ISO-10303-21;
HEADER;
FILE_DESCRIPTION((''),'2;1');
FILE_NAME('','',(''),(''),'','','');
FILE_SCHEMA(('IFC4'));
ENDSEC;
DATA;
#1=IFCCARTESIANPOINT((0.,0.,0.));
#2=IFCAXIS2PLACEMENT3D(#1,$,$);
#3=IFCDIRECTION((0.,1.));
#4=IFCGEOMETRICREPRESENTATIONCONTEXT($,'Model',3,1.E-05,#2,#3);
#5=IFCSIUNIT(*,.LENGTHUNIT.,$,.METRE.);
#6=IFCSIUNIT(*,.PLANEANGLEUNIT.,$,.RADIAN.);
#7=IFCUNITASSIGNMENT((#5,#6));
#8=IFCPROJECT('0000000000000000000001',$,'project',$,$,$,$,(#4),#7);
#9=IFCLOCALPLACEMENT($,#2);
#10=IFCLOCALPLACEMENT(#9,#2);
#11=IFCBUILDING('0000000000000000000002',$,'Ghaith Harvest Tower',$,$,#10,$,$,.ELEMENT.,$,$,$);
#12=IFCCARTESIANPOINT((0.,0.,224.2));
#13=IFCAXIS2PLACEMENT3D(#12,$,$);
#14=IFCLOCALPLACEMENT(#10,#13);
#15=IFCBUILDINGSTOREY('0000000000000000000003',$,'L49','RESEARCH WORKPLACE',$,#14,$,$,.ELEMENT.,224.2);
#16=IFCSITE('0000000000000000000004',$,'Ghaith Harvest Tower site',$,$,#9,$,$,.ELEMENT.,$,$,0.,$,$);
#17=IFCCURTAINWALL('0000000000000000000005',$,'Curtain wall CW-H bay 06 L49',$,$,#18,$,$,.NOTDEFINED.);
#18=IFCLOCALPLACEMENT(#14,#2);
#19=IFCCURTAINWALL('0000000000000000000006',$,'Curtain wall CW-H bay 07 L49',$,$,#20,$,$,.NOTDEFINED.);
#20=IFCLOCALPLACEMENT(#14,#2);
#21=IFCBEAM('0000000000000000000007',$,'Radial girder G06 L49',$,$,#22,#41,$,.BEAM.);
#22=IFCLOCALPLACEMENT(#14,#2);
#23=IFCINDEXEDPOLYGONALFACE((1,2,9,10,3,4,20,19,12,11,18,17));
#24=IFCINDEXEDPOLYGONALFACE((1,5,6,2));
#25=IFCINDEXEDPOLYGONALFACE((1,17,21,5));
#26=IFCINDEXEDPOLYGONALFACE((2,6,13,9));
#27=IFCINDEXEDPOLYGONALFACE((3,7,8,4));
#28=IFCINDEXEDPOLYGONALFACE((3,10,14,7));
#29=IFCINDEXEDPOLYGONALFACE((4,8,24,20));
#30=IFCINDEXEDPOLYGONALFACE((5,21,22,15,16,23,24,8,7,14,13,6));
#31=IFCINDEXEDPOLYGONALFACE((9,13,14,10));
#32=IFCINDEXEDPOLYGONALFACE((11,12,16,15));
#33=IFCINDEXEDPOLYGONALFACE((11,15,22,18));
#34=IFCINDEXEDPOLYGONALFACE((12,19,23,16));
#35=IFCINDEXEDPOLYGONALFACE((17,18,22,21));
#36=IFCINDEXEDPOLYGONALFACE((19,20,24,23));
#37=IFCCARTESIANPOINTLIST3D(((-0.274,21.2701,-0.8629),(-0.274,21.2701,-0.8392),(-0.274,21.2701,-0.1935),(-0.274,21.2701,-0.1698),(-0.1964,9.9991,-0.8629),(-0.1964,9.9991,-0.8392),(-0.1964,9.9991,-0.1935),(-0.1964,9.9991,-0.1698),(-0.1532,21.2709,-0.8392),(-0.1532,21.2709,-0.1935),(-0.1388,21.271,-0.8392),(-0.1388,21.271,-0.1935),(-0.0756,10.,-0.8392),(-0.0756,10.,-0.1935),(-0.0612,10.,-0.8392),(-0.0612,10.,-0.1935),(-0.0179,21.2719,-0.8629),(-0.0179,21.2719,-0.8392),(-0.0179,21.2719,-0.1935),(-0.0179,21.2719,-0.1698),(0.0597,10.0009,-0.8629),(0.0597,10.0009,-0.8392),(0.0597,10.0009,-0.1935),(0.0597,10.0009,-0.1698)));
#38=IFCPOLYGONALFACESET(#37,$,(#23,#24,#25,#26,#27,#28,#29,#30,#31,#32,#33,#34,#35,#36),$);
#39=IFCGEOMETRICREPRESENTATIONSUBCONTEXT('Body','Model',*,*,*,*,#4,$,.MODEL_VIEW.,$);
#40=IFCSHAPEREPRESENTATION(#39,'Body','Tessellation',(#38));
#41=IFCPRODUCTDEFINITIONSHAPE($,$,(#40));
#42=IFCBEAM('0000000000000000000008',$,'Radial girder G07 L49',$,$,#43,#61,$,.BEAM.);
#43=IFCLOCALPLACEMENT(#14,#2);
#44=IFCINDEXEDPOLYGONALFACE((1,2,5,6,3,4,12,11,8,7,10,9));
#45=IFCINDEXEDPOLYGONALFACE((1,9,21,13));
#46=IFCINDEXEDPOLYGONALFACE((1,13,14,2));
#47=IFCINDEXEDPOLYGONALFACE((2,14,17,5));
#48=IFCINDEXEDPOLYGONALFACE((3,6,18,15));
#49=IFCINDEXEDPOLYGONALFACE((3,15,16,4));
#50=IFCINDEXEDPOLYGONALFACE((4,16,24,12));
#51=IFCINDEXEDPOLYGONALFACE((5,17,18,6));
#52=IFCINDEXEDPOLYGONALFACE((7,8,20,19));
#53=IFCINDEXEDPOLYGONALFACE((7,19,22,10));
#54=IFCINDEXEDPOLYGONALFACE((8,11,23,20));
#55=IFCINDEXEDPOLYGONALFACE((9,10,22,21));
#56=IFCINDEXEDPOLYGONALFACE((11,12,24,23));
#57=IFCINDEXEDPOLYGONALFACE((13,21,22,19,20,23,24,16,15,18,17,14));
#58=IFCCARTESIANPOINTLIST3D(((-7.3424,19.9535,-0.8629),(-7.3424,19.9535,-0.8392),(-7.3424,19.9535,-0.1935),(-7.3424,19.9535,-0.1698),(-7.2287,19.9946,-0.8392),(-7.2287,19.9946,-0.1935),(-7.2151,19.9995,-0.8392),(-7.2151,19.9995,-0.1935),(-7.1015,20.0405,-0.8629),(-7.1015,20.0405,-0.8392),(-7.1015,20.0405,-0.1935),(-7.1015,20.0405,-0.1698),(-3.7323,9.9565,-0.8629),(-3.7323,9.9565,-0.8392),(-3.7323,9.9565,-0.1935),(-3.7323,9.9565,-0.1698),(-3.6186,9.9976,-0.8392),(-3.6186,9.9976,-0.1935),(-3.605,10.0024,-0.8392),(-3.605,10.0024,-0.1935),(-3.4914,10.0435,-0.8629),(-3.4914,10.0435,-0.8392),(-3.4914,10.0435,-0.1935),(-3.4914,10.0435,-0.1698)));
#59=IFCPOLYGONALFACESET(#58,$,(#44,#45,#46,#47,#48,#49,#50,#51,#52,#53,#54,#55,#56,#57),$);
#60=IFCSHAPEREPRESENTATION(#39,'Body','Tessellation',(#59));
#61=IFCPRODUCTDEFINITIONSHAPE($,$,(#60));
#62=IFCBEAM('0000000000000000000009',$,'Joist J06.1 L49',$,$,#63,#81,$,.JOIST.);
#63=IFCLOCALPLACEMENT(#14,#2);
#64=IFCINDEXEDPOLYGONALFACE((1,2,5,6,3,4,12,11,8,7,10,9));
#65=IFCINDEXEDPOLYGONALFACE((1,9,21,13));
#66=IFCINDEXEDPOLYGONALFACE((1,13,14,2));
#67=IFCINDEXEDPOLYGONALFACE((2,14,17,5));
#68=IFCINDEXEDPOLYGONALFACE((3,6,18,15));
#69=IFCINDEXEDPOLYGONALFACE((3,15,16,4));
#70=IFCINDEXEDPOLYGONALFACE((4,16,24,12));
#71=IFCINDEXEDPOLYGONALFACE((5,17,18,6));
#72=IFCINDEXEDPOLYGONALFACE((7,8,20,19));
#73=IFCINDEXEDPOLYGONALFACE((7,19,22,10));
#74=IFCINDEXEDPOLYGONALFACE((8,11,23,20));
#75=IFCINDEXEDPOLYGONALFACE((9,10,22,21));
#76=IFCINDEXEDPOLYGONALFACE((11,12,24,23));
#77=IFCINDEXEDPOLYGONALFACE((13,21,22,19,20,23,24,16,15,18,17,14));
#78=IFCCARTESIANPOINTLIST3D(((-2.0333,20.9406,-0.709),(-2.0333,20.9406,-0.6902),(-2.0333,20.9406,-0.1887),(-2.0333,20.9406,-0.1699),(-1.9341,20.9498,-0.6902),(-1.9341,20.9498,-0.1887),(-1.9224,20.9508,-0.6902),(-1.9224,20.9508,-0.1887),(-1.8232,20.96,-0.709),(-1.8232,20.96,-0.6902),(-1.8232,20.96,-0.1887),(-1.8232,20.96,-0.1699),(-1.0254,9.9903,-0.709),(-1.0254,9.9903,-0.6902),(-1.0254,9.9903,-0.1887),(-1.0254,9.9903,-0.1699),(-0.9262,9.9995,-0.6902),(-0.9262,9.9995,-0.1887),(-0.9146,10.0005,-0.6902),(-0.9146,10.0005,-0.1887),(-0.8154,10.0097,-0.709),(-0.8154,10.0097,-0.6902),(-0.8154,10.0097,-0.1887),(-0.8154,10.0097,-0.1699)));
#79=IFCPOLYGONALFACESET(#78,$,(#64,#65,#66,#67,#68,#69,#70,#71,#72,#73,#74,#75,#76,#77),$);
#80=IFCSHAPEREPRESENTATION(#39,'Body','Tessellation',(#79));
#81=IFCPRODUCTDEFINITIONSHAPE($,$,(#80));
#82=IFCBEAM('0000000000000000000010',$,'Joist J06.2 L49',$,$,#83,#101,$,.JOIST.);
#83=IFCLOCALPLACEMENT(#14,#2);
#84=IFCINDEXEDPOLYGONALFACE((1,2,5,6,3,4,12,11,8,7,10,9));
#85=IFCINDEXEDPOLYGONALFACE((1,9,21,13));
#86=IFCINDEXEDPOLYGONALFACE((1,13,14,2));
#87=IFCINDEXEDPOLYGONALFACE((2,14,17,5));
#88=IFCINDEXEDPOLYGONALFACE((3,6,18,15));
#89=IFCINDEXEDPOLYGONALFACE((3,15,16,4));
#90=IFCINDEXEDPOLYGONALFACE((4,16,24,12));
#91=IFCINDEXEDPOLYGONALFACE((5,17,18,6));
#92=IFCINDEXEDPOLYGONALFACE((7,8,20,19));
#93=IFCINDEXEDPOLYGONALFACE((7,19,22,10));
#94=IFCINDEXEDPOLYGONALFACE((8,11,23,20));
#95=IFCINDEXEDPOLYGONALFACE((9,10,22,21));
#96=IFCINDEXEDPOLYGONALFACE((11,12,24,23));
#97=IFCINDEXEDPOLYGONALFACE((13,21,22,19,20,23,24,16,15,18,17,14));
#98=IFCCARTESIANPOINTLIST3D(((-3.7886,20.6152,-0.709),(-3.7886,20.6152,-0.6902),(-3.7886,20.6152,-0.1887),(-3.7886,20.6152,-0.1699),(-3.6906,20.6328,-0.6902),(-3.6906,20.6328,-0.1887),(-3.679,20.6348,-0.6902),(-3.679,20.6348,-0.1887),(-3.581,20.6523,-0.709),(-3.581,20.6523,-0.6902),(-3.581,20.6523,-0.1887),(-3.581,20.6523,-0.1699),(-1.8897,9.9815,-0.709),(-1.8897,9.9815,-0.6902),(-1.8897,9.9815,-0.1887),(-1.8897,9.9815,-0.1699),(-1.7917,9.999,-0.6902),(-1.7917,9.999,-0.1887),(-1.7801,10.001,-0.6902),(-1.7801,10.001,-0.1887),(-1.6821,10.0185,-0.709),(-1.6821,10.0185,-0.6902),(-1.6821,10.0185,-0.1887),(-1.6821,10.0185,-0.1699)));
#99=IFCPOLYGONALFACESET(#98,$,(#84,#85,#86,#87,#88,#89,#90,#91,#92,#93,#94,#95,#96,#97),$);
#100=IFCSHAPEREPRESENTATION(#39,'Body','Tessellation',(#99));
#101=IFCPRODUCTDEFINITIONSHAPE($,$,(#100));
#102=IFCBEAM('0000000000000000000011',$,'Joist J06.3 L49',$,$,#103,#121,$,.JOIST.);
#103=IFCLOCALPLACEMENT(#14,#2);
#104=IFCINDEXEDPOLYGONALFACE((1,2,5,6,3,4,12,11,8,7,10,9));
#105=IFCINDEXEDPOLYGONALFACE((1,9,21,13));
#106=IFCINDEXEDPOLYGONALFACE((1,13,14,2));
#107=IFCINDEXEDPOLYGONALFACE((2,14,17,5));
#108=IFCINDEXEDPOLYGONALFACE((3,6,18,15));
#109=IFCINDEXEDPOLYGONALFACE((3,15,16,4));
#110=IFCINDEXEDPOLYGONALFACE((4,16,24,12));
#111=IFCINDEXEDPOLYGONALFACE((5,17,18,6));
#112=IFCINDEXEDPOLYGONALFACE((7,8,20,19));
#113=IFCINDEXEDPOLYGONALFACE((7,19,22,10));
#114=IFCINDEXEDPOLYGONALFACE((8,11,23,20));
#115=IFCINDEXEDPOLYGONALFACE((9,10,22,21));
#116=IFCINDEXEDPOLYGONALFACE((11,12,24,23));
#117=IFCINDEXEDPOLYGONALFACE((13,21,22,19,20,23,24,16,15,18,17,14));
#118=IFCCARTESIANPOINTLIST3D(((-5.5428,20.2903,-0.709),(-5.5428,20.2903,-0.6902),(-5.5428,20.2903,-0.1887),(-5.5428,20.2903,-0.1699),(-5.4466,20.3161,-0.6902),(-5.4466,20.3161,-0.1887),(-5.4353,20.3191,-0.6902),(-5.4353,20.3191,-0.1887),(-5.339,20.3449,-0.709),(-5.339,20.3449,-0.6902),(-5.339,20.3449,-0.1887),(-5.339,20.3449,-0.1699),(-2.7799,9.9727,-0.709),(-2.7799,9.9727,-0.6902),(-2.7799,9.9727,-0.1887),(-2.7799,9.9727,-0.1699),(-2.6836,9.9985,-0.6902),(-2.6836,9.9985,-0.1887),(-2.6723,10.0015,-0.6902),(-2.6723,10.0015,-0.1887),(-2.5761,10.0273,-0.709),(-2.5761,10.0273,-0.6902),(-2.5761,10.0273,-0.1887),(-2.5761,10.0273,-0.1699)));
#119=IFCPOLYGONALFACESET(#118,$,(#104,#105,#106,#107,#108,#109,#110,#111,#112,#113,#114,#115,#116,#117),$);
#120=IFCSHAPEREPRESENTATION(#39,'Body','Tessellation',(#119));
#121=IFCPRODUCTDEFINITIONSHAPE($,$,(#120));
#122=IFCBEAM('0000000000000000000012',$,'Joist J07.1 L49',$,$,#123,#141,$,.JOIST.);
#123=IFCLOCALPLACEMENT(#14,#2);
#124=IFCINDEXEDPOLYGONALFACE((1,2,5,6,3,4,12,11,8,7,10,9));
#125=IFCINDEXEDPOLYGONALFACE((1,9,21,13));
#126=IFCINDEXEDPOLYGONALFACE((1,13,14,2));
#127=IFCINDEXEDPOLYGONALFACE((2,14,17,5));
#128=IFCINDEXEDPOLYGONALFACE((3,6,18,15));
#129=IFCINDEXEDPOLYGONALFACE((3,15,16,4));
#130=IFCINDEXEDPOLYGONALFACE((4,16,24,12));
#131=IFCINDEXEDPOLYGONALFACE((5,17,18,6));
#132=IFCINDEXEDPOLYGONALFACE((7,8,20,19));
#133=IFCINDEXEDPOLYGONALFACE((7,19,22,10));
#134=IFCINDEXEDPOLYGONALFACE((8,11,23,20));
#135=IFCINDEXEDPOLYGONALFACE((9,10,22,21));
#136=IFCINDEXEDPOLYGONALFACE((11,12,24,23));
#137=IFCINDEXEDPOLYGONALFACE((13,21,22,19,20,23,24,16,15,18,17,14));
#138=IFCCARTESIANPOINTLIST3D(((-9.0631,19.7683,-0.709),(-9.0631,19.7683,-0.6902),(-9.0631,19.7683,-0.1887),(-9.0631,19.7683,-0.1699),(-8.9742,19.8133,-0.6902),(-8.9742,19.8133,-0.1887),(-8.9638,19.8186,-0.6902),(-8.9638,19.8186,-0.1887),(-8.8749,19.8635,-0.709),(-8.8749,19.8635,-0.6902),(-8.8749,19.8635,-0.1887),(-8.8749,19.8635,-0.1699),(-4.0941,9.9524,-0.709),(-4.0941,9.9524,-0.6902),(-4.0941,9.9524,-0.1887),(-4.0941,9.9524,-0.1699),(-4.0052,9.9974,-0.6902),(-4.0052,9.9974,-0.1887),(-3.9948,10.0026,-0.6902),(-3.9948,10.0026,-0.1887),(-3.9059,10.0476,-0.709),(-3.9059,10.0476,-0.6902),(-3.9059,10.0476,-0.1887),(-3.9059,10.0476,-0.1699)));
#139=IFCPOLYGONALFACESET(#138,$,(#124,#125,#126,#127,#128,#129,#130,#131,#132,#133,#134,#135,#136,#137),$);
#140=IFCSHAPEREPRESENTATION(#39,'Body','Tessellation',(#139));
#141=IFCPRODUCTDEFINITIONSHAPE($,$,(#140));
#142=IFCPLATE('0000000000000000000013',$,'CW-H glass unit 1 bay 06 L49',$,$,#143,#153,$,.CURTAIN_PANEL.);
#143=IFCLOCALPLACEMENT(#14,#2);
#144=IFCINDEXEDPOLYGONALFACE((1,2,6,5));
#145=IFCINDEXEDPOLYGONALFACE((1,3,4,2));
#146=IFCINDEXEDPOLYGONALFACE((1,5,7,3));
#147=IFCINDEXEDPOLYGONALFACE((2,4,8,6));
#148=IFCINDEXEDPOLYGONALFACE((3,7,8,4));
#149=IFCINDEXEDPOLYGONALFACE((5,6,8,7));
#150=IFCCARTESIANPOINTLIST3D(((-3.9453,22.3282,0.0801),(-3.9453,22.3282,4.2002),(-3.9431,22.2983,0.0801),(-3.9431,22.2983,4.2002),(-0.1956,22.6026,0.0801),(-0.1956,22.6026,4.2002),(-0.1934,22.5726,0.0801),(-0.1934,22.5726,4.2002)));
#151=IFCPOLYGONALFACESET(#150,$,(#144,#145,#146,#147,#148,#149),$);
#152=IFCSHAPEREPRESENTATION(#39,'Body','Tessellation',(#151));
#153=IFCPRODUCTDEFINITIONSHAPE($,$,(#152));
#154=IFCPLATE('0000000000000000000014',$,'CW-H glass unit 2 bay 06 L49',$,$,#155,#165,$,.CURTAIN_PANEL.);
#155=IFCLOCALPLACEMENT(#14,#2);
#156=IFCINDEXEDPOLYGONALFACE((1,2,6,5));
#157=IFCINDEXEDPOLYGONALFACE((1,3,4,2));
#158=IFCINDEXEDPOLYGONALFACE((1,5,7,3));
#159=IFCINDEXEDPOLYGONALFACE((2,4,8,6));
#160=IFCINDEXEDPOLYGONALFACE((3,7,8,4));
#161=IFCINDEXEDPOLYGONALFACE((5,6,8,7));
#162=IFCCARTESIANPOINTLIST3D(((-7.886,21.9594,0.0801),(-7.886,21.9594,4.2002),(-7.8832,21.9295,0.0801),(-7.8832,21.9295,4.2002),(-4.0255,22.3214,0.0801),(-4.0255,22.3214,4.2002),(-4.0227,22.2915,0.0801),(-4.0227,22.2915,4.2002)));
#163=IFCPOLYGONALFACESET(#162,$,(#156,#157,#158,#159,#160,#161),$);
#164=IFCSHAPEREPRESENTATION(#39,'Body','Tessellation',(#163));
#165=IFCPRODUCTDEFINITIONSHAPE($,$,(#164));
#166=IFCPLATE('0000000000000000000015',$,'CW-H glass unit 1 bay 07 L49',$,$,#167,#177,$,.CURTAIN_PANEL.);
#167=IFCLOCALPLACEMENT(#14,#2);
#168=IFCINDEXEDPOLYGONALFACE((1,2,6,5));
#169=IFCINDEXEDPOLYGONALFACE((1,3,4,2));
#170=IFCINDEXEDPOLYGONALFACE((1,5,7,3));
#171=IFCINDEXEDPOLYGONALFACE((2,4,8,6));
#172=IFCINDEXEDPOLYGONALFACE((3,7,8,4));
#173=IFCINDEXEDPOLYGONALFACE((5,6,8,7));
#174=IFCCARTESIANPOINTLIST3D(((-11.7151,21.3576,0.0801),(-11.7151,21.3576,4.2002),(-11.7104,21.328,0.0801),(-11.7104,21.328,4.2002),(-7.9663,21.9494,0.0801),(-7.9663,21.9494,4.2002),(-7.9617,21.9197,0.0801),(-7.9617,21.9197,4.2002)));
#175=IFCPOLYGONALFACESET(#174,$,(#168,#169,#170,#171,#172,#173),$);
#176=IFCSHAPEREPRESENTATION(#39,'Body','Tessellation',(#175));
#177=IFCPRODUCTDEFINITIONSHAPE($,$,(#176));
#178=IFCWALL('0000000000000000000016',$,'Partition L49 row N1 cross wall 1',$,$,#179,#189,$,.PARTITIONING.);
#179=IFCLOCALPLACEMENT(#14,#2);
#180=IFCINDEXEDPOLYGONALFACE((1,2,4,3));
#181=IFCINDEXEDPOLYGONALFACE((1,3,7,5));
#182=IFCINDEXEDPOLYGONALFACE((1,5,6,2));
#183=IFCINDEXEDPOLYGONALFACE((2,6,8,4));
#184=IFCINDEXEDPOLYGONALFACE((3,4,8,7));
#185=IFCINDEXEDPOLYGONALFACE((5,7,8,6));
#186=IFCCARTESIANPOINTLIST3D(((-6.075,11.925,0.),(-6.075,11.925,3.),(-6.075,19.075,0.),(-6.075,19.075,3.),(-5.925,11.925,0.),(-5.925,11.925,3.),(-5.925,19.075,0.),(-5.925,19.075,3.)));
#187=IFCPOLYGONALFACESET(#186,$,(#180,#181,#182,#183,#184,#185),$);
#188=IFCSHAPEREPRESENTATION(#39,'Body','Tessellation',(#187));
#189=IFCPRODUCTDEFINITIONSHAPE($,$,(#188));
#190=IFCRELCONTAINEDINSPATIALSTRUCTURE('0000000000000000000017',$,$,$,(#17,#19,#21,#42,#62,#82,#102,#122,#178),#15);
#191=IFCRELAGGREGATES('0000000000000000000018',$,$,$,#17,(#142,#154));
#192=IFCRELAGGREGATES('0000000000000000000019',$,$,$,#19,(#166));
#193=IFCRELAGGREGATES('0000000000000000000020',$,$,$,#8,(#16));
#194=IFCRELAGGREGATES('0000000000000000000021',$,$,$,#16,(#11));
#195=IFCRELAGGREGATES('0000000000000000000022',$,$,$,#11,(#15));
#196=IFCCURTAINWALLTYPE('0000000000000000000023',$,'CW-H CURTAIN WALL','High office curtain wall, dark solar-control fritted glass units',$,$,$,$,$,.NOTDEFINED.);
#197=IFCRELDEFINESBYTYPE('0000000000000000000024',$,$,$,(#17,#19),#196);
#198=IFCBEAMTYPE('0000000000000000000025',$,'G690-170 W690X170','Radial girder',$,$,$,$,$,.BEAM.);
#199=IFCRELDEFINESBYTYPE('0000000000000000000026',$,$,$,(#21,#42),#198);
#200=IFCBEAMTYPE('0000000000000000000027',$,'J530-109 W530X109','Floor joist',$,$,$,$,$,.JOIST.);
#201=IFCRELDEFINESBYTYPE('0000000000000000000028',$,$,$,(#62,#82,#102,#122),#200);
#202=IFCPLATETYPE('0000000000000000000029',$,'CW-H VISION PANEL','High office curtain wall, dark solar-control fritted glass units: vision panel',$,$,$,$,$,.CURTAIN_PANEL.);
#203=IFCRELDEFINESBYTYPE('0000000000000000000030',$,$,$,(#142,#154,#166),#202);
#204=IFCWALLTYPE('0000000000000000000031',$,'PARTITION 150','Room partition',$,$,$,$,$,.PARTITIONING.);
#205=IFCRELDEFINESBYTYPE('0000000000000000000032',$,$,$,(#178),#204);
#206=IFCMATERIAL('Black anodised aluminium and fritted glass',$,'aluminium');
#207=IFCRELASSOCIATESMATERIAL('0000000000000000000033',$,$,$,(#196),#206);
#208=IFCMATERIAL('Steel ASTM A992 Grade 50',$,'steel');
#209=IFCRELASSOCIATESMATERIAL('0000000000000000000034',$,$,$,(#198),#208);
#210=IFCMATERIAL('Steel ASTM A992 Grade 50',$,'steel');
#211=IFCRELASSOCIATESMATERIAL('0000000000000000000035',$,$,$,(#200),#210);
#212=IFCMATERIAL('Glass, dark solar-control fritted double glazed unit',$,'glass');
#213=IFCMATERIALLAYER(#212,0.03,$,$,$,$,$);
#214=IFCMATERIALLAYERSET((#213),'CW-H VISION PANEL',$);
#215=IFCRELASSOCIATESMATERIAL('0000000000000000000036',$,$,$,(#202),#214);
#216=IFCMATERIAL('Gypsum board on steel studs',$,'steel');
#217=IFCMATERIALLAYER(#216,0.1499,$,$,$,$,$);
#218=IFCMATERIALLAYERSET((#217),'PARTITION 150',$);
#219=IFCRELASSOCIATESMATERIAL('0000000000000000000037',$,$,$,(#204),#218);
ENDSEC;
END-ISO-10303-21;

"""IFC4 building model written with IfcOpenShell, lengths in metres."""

from ifc_helpers import new_model, si_unit, direction, frame, frame_2d, origin, origin_2d, place, context, subcontext, project, spatial, rectangle, i_section, extrude, material, layer, layer_set, material_profile, profile_set, type_object, element, aggregate, save


model = new_model("IFC4")

# Units and contexts
model_context = context("Model", 3, precision=1e-05, world=origin(), true_north=direction((0.0, 1.0)))
body_context = subcontext(model_context, "Body", "Model", "MODEL_VIEW")
ifc_project = project(units=[si_unit("LENGTHUNIT", "METRE"), si_unit("PLANEANGLEUNIT", "RADIAN")], contexts=[model_context])

# Site, building, storey
site_placement = place(None, origin())
site = spatial("IfcSite", under=ifc_project, at=site_placement, Name="Ghaith Harvest Tower site", CompositionType="ELEMENT", RefElevation=0.0)
building_placement = place(site_placement, origin())
building = spatial("IfcBuilding", under=site, at=building_placement, Name="Ghaith Harvest Tower", CompositionType="ELEMENT")
storey_placement = place(building_placement, frame((0.0, 0.0, 224.2)))
storey = spatial("IfcBuildingStorey", under=building, at=storey_placement, Name="L49", Description="RESEARCH WORKPLACE", CompositionType="ELEMENT", Elevation=224.2)

# Curtain walls
ifc_material_1 = material(Name="Black anodised aluminium and fritted glass", Category="aluminium")
curtain_wall_type = type_object("IfcCurtainWallType", Name="CW-H CURTAIN WALL", Description="High office curtain wall, dark solar-control fritted glass units", PredefinedType="NOTDEFINED", material=ifc_material_1)
curtain_wall_1_placement = place(storey_placement, origin())
curtain_wall_1 = element("IfcCurtainWall", 1, at=curtain_wall_1_placement, inside=storey, type_object=curtain_wall_type, Name="Curtain wall CW-H bay 06 L49", PredefinedType="NOTDEFINED")
curtain_wall_2_placement = place(storey_placement, origin())
curtain_wall_2 = element("IfcCurtainWall", 2, at=curtain_wall_2_placement, inside=storey, type_object=curtain_wall_type, Name="Curtain wall CW-H bay 07 L49", PredefinedType="NOTDEFINED")

# Beams
ifc_material_2 = material(Name="Steel ASTM A992 Grade 50", Category="steel")
ifc_material_profile_1 = material_profile(ifc_material_2, i_section(OverallWidth=0.2561, OverallDepth=0.6931, WebThickness=0.0144, FlangeThickness=0.0237, at=origin_2d()), Name="W690X170")
ifc_profile_set_1 = profile_set([ifc_material_profile_1], Name="Steel ASTM A992 Grade 50")
beam_type_1 = type_object("IfcBeamType", Name="G690-170 W690X170", Description="Radial girder", PredefinedType="BEAM", material=ifc_profile_set_1)
beam_1_placement = place(storey_placement, frame((-0.0684, 10.0, -0.5164), z_axis=(-0.006888, 0.999976, 0.0), x_axis=(-0.999976, -0.006888, 0.0)))
element("IfcBeam", 3, at=beam_1_placement, inside=storey, type_object=beam_type_1, Name="Radial girder G06 L49", PredefinedType="BEAM", context=body_context, shape_type="SweptSolid", body=[
    extrude(i_section(OverallWidth=0.2561, OverallDepth=0.6931, WebThickness=0.0144, FlangeThickness=0.0237, at=origin_2d()), origin(), (0.0, 0.0, 1.0), 11.2712),
])
beam_2_placement = place(storey_placement, frame((-3.6118, 10.0, -0.5164), z_axis=(-0.339649, 0.940552, 0.0), x_axis=(-0.940552, -0.339649, 0.0)))
element("IfcBeam", 4, at=beam_2_placement, inside=storey, type_object=beam_type_1, Name="Radial girder G07 L49", PredefinedType="BEAM", context=body_context, shape_type="SweptSolid", body=[
    extrude(i_section(OverallWidth=0.2561, OverallDepth=0.6931, WebThickness=0.0144, FlangeThickness=0.0237, at=origin_2d()), origin(), (0.0, 0.0, 1.0), 10.6289),
])
ifc_material_3 = material(Name="Steel ASTM A992 Grade 50", Category="steel")
ifc_material_profile_2 = material_profile(ifc_material_3, i_section(OverallWidth=0.2109, OverallDepth=0.5391, WebThickness=0.0117, FlangeThickness=0.0188, at=origin_2d()), Name="W530X109")
ifc_profile_set_2 = profile_set([ifc_material_profile_2], Name="Steel ASTM A992 Grade 50")
beam_type_2 = type_object("IfcBeamType", Name="J530-109 W530X109", Description="Floor joist", PredefinedType="JOIST", material=ifc_profile_set_2)
beam_3_placement = place(storey_placement, frame((-0.9204, 10.0, -0.4395), z_axis=(-0.091649, 0.995791, 0.0), x_axis=(-0.995791, -0.091649, 0.0)))
element("IfcBeam", 5, at=beam_3_placement, inside=storey, type_object=beam_type_2, Name="Joist J06.1 L49", PredefinedType="JOIST", context=body_context, shape_type="SweptSolid", body=[
    extrude(i_section(OverallWidth=0.2109, OverallDepth=0.5391, WebThickness=0.0117, FlangeThickness=0.0188, at=origin_2d()), origin(), (0.0, 0.0, 1.0), 10.9966),
])
beam_4_placement = place(storey_placement, frame((-1.7859, 10.0, -0.4395), z_axis=(-0.175794, 0.984427, 0.0), x_axis=(-0.984427, -0.175794, 0.0)))
element("IfcBeam", 6, at=beam_4_placement, inside=storey, type_object=beam_type_2, Name="Joist J06.2 L49", PredefinedType="JOIST", context=body_context, shape_type="SweptSolid", body=[
    extrude(i_section(OverallWidth=0.2109, OverallDepth=0.5391, WebThickness=0.0117, FlangeThickness=0.0188, at=origin_2d()), origin(), (0.0, 0.0, 1.0), 10.802),
])
beam_5_placement = place(storey_placement, frame((-2.678, 10.0, -0.4395), z_axis=(-0.258674, 0.965965, 0.0), x_axis=(-0.965965, -0.258674, 0.0)))
element("IfcBeam", 7, at=beam_5_placement, inside=storey, type_object=beam_type_2, Name="Joist J06.3 L49", PredefinedType="JOIST", context=body_context, shape_type="SweptSolid", body=[
    extrude(i_section(OverallWidth=0.2109, OverallDepth=0.5391, WebThickness=0.0117, FlangeThickness=0.0188, at=origin_2d()), origin(), (0.0, 0.0, 1.0), 10.6812),
])
beam_6_placement = place(storey_placement, frame((-4.0, 10.0, -0.4395), z_axis=(-0.451646, 0.892197, 0.0), x_axis=(-0.892197, -0.451646, 0.0)))
element("IfcBeam", 8, at=beam_6_placement, inside=storey, type_object=beam_type_2, Name="Joist J07.1 L49", PredefinedType="JOIST", context=body_context, shape_type="SweptSolid", body=[
    extrude(i_section(OverallWidth=0.2109, OverallDepth=0.5391, WebThickness=0.0117, FlangeThickness=0.0188, at=origin_2d()), origin(), (0.0, 0.0, 1.0), 11.002),
])

# Plates
ifc_material_4 = material(Name="Glass, dark solar-control fritted double glazed unit", Category="glass")
ifc_layer_1 = layer(ifc_material_4, 0.03)
ifc_layer_set_1 = layer_set([ifc_layer_1], Name="CW-H VISION PANEL")
plate_type = type_object("IfcPlateType", Name="CW-H VISION PANEL", Description="High office curtain wall, dark solar-control fritted glass units: vision panel", PredefinedType="CURTAIN_PANEL", material=ifc_layer_set_1)
plate_1_placement = place(storey_placement, frame((-2.0693, 22.4504, 0.0801), z_axis=(0.0, 0.0, 1.0), x_axis=(-0.997334, -0.072966, 0.0)))
plate_1 = element("IfcPlate", 9, at=plate_1_placement, type_object=plate_type, Name="CW-H glass unit 1 bay 06 L49", PredefinedType="CURTAIN_PANEL", context=body_context, shape_type="SweptSolid", body=[
    extrude(rectangle(XDim=3.7598, YDim=0.03, at=origin_2d()), origin(), (0.0, 0.0, 1.0), 4.1201),
])
plate_2_placement = place(storey_placement, frame((-5.9543, 22.1255, 0.0801), z_axis=(0.0, 0.0, 1.0), x_axis=(-0.995632, -0.093365, 0.0)))
plate_2 = element("IfcPlate", 10, at=plate_2_placement, type_object=plate_type, Name="CW-H glass unit 2 bay 06 L49", PredefinedType="CURTAIN_PANEL", context=body_context, shape_type="SweptSolid", body=[
    extrude(rectangle(XDim=3.8774, YDim=0.03, at=origin_2d()), origin(), (0.0, 0.0, 1.0), 4.1201),
])
aggregate(curtain_wall_1, [plate_1, plate_2])
plate_3_placement = place(storey_placement, frame((-9.8384, 21.6387, 0.0801), z_axis=(0.0, 0.0, 1.0), x_axis=(-0.98777, -0.155916, 0.0)))
plate_3 = element("IfcPlate", 11, at=plate_3_placement, type_object=plate_type, Name="CW-H glass unit 1 bay 07 L49", PredefinedType="CURTAIN_PANEL", context=body_context, shape_type="SweptSolid", body=[
    extrude(rectangle(XDim=3.7952, YDim=0.03, at=origin_2d()), origin(), (0.0, 0.0, 1.0), 4.1201),
])
aggregate(curtain_wall_2, [plate_3])

# Wall
ifc_material_5 = material(Name="Gypsum board on steel studs", Category="steel")
ifc_layer_2 = layer(ifc_material_5, 0.1499)
ifc_layer_set_2 = layer_set([ifc_layer_2], Name="PARTITION 150")
wall_type = type_object("IfcWallType", Name="PARTITION 150", Description="Room partition", PredefinedType="PARTITIONING", material=ifc_layer_set_2)
wall_1_placement = place(storey_placement, frame((-6.0, 11.925, 0.0), z_axis=(0.0, 0.0, 1.0), x_axis=(0.0, 1.0, 0.0)))
element("IfcWall", 12, at=wall_1_placement, inside=storey, type_object=wall_type, Name="Partition L49 row N1 cross wall 1", PredefinedType="PARTITIONING", context=body_context, shape_type="SweptSolid", body=[
    extrude(rectangle(XDim=7.1499, YDim=0.1499, at=frame_2d((3.575, 0.0))), origin(), (0.0, 0.0, 1.0), 3.0),
])

save(model, "model.ifc")
